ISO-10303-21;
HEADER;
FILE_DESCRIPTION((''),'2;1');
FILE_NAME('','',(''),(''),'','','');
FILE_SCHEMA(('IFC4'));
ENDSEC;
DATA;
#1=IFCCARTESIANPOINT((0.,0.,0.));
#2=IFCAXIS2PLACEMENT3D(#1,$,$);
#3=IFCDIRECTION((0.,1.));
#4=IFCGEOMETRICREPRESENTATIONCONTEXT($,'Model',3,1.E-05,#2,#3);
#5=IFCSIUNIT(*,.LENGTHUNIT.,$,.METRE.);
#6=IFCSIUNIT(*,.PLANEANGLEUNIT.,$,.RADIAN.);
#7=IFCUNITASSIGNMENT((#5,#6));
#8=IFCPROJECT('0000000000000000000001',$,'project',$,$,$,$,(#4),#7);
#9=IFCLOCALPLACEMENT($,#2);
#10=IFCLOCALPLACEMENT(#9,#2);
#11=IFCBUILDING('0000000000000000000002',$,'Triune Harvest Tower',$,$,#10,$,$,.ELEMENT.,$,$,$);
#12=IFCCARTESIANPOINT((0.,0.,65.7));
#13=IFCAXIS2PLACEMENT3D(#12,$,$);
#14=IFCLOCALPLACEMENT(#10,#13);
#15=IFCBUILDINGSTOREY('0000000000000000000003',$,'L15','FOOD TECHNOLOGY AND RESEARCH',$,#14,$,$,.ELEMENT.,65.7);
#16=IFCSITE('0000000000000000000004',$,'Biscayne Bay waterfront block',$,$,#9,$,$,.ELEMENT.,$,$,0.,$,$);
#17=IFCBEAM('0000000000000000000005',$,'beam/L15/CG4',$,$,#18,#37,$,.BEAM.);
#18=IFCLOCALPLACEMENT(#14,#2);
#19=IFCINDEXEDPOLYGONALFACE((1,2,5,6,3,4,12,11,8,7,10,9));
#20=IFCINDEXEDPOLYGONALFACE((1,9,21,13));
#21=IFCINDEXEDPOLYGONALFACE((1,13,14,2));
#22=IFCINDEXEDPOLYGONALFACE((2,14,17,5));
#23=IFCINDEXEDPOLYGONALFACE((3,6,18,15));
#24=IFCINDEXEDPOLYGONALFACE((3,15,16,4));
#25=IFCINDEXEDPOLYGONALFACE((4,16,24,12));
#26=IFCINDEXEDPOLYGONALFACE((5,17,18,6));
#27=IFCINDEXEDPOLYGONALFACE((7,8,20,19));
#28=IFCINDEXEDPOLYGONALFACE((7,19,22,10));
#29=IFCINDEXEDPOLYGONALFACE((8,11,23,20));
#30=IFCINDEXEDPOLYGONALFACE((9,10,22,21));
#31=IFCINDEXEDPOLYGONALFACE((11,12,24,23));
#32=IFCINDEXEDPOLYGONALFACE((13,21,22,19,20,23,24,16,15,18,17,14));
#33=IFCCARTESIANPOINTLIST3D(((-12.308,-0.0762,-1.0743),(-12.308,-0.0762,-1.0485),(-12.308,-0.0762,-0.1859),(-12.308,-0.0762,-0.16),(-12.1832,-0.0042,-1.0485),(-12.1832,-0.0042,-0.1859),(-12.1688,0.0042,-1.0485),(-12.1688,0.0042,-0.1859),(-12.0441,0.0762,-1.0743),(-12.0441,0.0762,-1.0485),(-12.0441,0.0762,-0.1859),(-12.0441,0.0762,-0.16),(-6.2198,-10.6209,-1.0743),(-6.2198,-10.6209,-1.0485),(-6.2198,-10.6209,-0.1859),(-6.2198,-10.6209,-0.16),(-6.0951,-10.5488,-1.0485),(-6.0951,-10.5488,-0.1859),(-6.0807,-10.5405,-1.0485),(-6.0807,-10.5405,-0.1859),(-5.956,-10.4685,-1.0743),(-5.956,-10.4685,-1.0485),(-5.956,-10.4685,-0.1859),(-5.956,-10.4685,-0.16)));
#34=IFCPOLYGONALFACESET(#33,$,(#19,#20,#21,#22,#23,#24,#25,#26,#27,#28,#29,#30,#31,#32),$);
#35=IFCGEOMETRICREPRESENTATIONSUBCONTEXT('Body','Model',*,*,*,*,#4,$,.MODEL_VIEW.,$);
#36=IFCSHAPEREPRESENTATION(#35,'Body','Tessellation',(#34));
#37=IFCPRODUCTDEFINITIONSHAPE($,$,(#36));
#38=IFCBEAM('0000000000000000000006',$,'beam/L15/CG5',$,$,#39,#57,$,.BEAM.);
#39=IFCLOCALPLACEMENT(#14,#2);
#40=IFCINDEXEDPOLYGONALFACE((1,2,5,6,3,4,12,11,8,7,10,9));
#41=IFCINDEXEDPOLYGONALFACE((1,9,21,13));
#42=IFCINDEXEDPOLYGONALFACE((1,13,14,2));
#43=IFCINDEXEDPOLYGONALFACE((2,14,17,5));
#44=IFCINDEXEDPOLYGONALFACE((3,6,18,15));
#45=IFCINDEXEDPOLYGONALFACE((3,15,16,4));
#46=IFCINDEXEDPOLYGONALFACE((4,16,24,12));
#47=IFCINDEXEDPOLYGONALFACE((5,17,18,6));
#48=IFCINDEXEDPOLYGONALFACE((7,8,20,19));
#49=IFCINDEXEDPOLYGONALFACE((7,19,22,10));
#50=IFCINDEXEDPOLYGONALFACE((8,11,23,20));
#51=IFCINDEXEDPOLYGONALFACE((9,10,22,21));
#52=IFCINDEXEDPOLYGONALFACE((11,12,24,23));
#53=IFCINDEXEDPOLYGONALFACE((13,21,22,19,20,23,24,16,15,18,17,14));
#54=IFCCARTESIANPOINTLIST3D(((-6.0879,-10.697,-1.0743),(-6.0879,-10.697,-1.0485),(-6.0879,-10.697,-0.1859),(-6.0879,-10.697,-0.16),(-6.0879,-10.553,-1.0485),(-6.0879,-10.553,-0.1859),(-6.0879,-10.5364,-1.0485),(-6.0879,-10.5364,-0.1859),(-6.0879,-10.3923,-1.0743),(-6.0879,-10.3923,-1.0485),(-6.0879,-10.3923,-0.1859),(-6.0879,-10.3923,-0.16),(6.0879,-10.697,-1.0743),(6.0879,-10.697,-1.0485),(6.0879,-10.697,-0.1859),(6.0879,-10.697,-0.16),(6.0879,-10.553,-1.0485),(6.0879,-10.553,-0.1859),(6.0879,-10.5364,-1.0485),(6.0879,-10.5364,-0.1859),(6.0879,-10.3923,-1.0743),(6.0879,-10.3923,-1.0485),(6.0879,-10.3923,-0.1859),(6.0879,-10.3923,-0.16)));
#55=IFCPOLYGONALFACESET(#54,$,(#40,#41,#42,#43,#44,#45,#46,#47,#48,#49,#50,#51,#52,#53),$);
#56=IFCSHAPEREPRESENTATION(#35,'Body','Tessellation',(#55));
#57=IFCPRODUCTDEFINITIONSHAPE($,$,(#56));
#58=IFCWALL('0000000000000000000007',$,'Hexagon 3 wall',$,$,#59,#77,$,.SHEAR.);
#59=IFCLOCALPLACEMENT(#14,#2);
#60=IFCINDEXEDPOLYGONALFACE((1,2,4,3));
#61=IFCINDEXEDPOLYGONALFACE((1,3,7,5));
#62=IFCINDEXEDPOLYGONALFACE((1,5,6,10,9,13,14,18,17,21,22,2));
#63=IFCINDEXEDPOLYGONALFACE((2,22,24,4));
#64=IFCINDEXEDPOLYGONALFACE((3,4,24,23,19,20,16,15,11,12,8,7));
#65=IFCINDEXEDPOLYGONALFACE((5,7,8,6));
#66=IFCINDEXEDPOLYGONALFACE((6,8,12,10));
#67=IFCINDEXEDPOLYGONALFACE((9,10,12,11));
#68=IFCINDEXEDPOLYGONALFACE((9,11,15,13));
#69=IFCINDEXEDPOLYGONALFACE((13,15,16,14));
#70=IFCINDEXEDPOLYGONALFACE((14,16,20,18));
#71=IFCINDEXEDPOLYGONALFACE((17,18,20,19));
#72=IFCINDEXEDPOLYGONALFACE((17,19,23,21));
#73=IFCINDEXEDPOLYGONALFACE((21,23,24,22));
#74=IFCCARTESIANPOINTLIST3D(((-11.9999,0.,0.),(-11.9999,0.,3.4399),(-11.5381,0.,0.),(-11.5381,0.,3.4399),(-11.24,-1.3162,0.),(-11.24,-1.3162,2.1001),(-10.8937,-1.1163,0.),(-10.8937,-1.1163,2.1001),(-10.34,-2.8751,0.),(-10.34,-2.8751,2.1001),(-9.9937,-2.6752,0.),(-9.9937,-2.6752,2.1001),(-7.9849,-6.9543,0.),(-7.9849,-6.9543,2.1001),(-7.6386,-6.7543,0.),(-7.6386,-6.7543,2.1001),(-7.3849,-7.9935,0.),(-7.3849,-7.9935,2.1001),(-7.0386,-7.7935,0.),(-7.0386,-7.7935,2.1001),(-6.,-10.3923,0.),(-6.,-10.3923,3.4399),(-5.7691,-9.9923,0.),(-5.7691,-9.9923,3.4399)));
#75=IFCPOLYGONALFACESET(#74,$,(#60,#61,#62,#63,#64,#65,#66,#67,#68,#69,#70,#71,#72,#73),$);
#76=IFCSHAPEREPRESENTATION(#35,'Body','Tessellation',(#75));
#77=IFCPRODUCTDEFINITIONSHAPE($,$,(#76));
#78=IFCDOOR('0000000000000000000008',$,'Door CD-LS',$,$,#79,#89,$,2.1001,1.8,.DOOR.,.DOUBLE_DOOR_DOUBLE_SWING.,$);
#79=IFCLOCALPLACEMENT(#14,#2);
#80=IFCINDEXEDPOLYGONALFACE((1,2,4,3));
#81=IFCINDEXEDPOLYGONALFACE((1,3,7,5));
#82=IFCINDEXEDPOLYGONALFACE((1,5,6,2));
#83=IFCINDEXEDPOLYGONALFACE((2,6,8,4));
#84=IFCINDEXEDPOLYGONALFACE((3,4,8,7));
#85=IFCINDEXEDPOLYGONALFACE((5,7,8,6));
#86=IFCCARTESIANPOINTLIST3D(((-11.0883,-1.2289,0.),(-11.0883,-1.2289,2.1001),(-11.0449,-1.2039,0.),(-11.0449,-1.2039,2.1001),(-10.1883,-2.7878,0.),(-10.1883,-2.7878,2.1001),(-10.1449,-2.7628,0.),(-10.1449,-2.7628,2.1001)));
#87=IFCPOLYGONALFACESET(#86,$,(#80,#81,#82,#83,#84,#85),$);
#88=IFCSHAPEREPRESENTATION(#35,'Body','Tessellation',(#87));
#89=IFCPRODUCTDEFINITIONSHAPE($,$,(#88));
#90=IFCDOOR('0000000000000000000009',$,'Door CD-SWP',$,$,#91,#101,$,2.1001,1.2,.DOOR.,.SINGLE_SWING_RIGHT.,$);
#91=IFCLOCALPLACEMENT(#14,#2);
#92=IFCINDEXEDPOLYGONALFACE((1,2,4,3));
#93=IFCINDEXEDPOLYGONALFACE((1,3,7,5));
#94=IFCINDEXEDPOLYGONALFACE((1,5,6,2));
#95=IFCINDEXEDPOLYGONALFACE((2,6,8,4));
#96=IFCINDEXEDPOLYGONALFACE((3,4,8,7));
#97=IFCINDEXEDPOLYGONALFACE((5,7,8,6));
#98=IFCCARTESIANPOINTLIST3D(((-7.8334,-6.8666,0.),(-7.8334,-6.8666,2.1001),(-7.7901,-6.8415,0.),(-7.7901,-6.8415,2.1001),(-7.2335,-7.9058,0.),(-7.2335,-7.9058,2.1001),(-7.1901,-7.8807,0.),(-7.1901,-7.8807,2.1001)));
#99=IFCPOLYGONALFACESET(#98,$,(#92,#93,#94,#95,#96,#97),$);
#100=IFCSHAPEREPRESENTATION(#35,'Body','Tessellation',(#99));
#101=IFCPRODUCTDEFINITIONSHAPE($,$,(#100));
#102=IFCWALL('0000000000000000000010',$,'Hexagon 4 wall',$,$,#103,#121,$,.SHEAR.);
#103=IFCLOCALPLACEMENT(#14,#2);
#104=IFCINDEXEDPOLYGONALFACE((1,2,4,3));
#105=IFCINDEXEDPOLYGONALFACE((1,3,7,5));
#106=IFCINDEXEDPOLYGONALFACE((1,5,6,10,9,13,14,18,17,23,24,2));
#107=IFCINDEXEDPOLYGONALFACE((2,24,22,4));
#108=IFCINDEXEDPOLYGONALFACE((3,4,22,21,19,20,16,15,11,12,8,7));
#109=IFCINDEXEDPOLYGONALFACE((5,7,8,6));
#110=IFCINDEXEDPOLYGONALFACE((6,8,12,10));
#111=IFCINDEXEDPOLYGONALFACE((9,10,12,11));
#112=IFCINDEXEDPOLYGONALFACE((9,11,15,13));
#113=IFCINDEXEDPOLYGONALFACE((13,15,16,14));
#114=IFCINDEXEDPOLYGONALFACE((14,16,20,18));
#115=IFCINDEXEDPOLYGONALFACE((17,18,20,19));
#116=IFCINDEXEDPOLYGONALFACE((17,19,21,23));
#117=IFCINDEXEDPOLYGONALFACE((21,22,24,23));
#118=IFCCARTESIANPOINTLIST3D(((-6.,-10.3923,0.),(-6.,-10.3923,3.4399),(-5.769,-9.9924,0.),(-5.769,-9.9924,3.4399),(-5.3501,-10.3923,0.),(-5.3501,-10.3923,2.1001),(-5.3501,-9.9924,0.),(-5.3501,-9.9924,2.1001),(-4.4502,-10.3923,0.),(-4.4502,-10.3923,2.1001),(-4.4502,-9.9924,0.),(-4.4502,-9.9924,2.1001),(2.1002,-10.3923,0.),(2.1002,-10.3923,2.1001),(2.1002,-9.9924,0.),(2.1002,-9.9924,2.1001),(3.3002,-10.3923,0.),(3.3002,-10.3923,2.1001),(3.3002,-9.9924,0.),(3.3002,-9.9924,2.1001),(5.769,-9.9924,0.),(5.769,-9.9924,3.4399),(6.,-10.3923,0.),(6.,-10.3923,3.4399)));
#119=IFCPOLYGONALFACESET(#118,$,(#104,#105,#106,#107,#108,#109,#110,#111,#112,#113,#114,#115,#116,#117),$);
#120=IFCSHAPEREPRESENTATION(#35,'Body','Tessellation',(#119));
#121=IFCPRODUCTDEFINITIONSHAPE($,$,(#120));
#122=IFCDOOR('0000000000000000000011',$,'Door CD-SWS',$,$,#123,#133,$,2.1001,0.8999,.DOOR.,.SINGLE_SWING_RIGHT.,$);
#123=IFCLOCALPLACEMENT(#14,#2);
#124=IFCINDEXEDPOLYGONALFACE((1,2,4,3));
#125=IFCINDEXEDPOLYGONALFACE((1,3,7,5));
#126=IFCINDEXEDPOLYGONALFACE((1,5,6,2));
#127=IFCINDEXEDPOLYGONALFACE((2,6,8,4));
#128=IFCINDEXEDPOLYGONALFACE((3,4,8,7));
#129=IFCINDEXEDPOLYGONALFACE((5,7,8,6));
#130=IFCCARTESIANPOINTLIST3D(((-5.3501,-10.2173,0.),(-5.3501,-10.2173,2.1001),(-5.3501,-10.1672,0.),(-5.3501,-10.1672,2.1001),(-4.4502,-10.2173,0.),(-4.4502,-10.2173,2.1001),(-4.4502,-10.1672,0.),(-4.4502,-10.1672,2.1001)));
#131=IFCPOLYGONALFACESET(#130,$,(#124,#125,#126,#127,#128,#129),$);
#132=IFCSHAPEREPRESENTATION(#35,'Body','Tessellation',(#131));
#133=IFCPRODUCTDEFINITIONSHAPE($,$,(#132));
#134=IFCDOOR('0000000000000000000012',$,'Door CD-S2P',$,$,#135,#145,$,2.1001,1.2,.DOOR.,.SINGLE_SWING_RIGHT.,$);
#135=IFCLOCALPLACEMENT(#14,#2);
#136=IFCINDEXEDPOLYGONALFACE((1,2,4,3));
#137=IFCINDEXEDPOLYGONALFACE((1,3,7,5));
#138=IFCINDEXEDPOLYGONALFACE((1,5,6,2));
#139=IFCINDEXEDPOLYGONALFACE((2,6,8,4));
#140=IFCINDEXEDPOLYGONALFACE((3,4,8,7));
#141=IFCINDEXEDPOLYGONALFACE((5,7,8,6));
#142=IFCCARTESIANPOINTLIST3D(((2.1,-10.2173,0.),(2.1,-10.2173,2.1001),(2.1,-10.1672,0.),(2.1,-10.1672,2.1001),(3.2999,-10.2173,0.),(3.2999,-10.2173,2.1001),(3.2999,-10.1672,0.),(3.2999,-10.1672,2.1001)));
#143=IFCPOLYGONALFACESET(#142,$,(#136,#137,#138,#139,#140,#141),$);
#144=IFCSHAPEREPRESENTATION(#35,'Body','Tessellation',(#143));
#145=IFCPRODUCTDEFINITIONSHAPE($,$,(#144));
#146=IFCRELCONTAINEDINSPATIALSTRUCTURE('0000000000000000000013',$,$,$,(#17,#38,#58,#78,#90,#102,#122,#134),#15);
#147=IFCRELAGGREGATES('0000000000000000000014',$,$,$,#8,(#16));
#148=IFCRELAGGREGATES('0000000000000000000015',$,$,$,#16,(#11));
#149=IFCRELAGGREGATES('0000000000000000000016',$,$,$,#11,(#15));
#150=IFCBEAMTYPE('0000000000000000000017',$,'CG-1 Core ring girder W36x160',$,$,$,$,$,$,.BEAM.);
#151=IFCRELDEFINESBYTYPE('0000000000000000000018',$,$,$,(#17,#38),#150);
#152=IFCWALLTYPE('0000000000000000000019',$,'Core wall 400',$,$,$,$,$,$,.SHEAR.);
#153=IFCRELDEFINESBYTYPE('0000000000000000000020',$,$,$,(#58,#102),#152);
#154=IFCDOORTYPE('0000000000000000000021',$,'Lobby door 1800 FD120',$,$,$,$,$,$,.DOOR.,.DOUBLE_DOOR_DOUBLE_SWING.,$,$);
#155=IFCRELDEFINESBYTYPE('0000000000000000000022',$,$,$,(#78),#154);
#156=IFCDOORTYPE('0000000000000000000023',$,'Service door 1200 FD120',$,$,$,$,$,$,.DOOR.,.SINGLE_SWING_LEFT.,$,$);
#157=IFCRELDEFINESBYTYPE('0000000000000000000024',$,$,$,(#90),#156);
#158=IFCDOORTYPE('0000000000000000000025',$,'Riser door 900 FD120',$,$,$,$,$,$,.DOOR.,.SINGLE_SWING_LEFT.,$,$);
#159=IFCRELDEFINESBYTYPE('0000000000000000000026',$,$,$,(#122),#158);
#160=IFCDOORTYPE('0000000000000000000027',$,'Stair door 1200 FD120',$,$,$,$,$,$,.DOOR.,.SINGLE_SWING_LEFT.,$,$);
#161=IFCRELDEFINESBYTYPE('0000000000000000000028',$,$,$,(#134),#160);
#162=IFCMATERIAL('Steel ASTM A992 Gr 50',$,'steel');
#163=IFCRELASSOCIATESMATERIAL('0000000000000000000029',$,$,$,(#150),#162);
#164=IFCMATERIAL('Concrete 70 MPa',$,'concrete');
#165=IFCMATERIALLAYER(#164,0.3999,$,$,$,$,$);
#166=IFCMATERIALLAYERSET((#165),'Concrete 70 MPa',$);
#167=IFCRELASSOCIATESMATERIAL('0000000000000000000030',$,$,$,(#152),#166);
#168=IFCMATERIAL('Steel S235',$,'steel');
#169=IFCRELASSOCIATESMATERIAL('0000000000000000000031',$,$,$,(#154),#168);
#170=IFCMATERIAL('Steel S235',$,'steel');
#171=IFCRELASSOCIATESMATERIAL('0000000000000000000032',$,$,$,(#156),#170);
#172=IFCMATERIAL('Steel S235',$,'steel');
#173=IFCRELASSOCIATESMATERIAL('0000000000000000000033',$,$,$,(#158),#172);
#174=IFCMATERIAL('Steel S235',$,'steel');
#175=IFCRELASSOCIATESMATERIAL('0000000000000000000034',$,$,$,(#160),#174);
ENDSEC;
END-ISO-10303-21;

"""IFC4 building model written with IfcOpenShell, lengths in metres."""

from ifc_helpers import new_model, si_unit, direction, frame, frame_2d, origin, origin_2d, place, context, subcontext, project, spatial, polyline, rectangle, i_section, outline, extrude, source, transform, mapped, material, layer, layer_set, material_profile, profile_set, type_object, element, fill, save


model = new_model("IFC4")

# Units and contexts
model_context = context("Model", 3, precision=1e-05, world=origin(), true_north=direction((0.0, 1.0)))
body_context = subcontext(model_context, "Body", "Model", "MODEL_VIEW")
ifc_project = project(units=[si_unit("LENGTHUNIT", "METRE"), si_unit("PLANEANGLEUNIT", "RADIAN")], contexts=[model_context])

# Site, building, storey
site_placement = place(None, origin())
site = spatial("IfcSite", under=ifc_project, at=site_placement, Name="Biscayne Bay waterfront block", CompositionType="ELEMENT", RefElevation=0.0)
building_placement = place(site_placement, origin())
building = spatial("IfcBuilding", under=site, at=building_placement, Name="Triune Harvest Tower", CompositionType="ELEMENT")
storey_placement = place(building_placement, frame((0.0, 0.0, 65.7)))
storey = spatial("IfcBuildingStorey", under=building, at=storey_placement, Name="L15", Description="FOOD TECHNOLOGY AND RESEARCH", CompositionType="ELEMENT", Elevation=65.7)

# Beams
ifc_material_1 = material(Name="Steel ASTM A992 Gr 50", Category="steel")
ifc_material_profile = material_profile(ifc_material_1, i_section(OverallWidth=0.3047, OverallDepth=0.9143, WebThickness=0.0166, FlangeThickness=0.0259, at=origin_2d()), Name="W36x160")
ifc_profile_set = profile_set([ifc_material_profile], Name="Steel ASTM A992 Gr 50")
beam_type = type_object("IfcBeamType", Name="CG-1 Core ring girder W36x160", PredefinedType="BEAM", material=ifc_profile_set)
shared_shape_1 = source(origin(), body_context, "Body", "SweptSolid", [
    extrude(i_section(OverallWidth=0.3047, OverallDepth=0.9143, WebThickness=0.0166, FlangeThickness=0.0259, at=origin_2d()), origin(), (0.0, 0.0, 1.0), 12.176),
])
beam_1_placement = place(storey_placement, frame((-12.176, 0.0, -0.6172), z_axis=(0.50001, -0.86602, 0.0), x_axis=(0.86602, 0.50001, 0.0)))
element("IfcBeam", 1, at=beam_1_placement, inside=storey, type_object=beam_type, Name="beam/L15/CG4", PredefinedType="BEAM", context=body_context, shape_type="MappedRepresentation", body=[
    mapped(shared_shape_1, transform((0.0, 0.0, 0.0), scale=1.0)),
])
shared_shape_2 = source(origin(), body_context, "Body", "SweptSolid", [
    extrude(i_section(OverallWidth=0.3047, OverallDepth=0.9143, WebThickness=0.0166, FlangeThickness=0.0259, at=origin_2d()), origin(), (0.0, 0.0, 1.0), 12.1758),
])
beam_2_placement = place(storey_placement, frame((-6.0879, -10.5447, -0.6172), z_axis=(1.0, 0.0, 0.0), x_axis=(0.0, 1.0, 0.0)))
element("IfcBeam", 2, at=beam_2_placement, inside=storey, type_object=beam_type, Name="beam/L15/CG5", PredefinedType="BEAM", context=body_context, shape_type="MappedRepresentation", body=[
    mapped(shared_shape_2, transform((0.0, 0.0, 0.0), scale=1.0)),
])

# Walls, openings, doors
ifc_material_2 = material(Name="Concrete 70 MPa", Category="concrete")
ifc_layer_1 = layer(ifc_material_2, 0.3999)
ifc_layer_set_1 = layer_set([ifc_layer_1], Name="Concrete 70 MPa")
wall_type_1 = type_object("IfcWallType", Name="Core wall 400", PredefinedType="SHEAR", material=ifc_layer_set_1)
shared_shape_3 = source(origin(), body_context, "Body", "SweptSolid", [
    extrude(outline(polyline([(-0.1155, -0.2), (11.8845, -0.2), (11.6536, 0.2), (0.1155, 0.2), (-0.1155, -0.2)])), origin(), (0.0, 0.0, 1.0), 3.4399),
])
wall_1_placement = place(storey_placement, frame((-11.769, 0.0, 0.0), z_axis=(0.0, 0.0, 1.0), x_axis=(0.499997, -0.866027, 0.0)))
wall_1 = element("IfcWall", 3, at=wall_1_placement, inside=storey, type_object=wall_type_1, Name="Hexagon 3 wall", PredefinedType="SHEAR", context=body_context, shape_type="MappedRepresentation", body=[
    mapped(shared_shape_3, transform((0.0, 0.0, 0.0), scale=1.0)),
])
opening_1_placement = place(wall_1_placement, frame((1.4045, 0.0, 0.0)))
opening_1 = element("IfcOpeningElement", 4, at=opening_1_placement, cuts=wall_1, PredefinedType="OPENING", context=body_context, shape_type="SweptSolid", body=[
    extrude(rectangle(XDim=1.8, YDim=2.1001, at=frame_2d((0.8999, 1.05))), frame((0.0, 0.21, 0.0), z_axis=(0.0, -1.0, 0.0), x_axis=(1.0, 0.0, 0.0)), (0.0, 0.0, 1.0), 0.4199),
])
opening_2_placement = place(wall_1_placement, frame((7.9146, 0.0, 0.0)))
opening_2 = element("IfcOpeningElement", 5, at=opening_2_placement, cuts=wall_1, PredefinedType="OPENING", context=body_context, shape_type="SweptSolid", body=[
    extrude(rectangle(XDim=1.2, YDim=2.1001, at=frame_2d((0.6001, 1.05))), frame((0.0, 0.21, 0.0), z_axis=(0.0, -1.0, 0.0), x_axis=(1.0, 0.0, 0.0)), (0.0, 0.0, 1.0), 0.4199),
])
ifc_material_3 = material(Name="Steel S235", Category="steel")
door_type_1 = type_object("IfcDoorType", Name="Lobby door 1800 FD120", OperationType="DOUBLE_DOOR_DOUBLE_SWING", PredefinedType="DOOR", material=ifc_material_3)
door_1_placement = place(opening_1_placement, frame((1.8, 0.0, 0.0), z_axis=(0.0, 0.0, 1.0), x_axis=(-1.0, 0.0, 0.0)))
door_1 = element("IfcDoor", 6, at=door_1_placement, inside=storey, type_object=door_type_1, Name="Door CD-LS", OperationType="DOUBLE_DOOR_DOUBLE_SWING", OverallHeight=2.1001, OverallWidth=1.8, PredefinedType="DOOR", context=body_context, shape_type="SweptSolid", body=[
    extrude(rectangle(XDim=1.8, YDim=2.1001, at=frame_2d((0.8999, 1.05))), frame((0.0, 0.0249, 0.0), z_axis=(0.0, -1.0, 0.0), x_axis=(1.0, 0.0, 0.0)), (0.0, 0.0, 1.0), 0.05),
])
fill(opening_1, door_1)
ifc_material_4 = material(Name="Steel S235", Category="steel")
door_type_2 = type_object("IfcDoorType", Name="Service door 1200 FD120", OperationType="SINGLE_SWING_LEFT", PredefinedType="DOOR", material=ifc_material_4)
door_2_placement = place(opening_2_placement, frame((1.2, 0.0, 0.0), z_axis=(0.0, 0.0, 1.0), x_axis=(-1.0, 0.0, 0.0)))
door_2 = element("IfcDoor", 7, at=door_2_placement, inside=storey, type_object=door_type_2, Name="Door CD-SWP", OperationType="SINGLE_SWING_RIGHT", OverallHeight=2.1001, OverallWidth=1.2, PredefinedType="DOOR", context=body_context, shape_type="SweptSolid", body=[
    extrude(rectangle(XDim=1.2, YDim=2.1001, at=frame_2d((0.6001, 1.05))), frame((0.0, 0.0249, 0.0), z_axis=(0.0, -1.0, 0.0), x_axis=(1.0, 0.0, 0.0)), (0.0, 0.0, 1.0), 0.05),
])
fill(opening_2, door_2)
wall_2_placement = place(storey_placement, frame((-5.8845, -10.1924, 0.0), z_axis=(0.0, 0.0, 1.0), x_axis=(1.0, 0.0, 0.0)))
wall_2 = element("IfcWall", 8, at=wall_2_placement, inside=storey, type_object=wall_type_1, Name="Hexagon 4 wall", PredefinedType="SHEAR", context=body_context, shape_type="MappedRepresentation", body=[
    mapped(shared_shape_3, transform((0.0, 0.0, 0.0), scale=1.0)),
])
opening_3_placement = place(wall_2_placement, frame((7.9846, 0.0, 0.0)))
opening_3 = element("IfcOpeningElement", 9, at=opening_3_placement, cuts=wall_2, PredefinedType="OPENING", context=body_context, shape_type="SweptSolid", body=[
    extrude(rectangle(XDim=1.2, YDim=2.1001, at=frame_2d((0.6001, 1.05))), frame((0.0, 0.21, 0.0), z_axis=(0.0, -1.0, 0.0), x_axis=(1.0, 0.0, 0.0)), (0.0, 0.0, 1.0), 0.4199),
])
opening_4_placement = place(wall_2_placement, frame((0.5344, 0.0, 0.0)))
opening_4 = element("IfcOpeningElement", 10, at=opening_4_placement, cuts=wall_2, PredefinedType="OPENING", context=body_context, shape_type="SweptSolid", body=[
    extrude(rectangle(XDim=0.8999, YDim=2.1001, at=frame_2d((0.45, 1.05))), frame((0.0, 0.21, 0.0), z_axis=(0.0, -1.0, 0.0), x_axis=(1.0, 0.0, 0.0)), (0.0, 0.0, 1.0), 0.4199),
])
ifc_material_5 = material(Name="Steel S235", Category="steel")
door_type_3 = type_object("IfcDoorType", Name="Riser door 900 FD120", OperationType="SINGLE_SWING_LEFT", PredefinedType="DOOR", material=ifc_material_5)
door_3_placement = place(opening_4_placement, frame((0.8999, 0.0, 0.0), z_axis=(0.0, 0.0, 1.0), x_axis=(-1.0, 0.0, 0.0)))
door_3 = element("IfcDoor", 11, at=door_3_placement, inside=storey, type_object=door_type_3, Name="Door CD-SWS", OperationType="SINGLE_SWING_RIGHT", OverallHeight=2.1001, OverallWidth=0.8999, PredefinedType="DOOR", context=body_context, shape_type="SweptSolid", body=[
    extrude(rectangle(XDim=0.8999, YDim=2.1001, at=frame_2d((0.45, 1.05))), frame((0.0, 0.0249, 0.0), z_axis=(0.0, -1.0, 0.0), x_axis=(1.0, 0.0, 0.0)), (0.0, 0.0, 1.0), 0.05),
])
fill(opening_4, door_3)
ifc_material_6 = material(Name="Steel S235", Category="steel")
door_type_4 = type_object("IfcDoorType", Name="Stair door 1200 FD120", OperationType="SINGLE_SWING_LEFT", PredefinedType="DOOR", material=ifc_material_6)
door_4_placement = place(opening_3_placement, frame((1.2, 0.0, 0.0), z_axis=(0.0, 0.0, 1.0), x_axis=(-1.0, 0.0, 0.0)))
door_4 = element("IfcDoor", 12, at=door_4_placement, inside=storey, type_object=door_type_4, Name="Door CD-S2P", OperationType="SINGLE_SWING_RIGHT", OverallHeight=2.1001, OverallWidth=1.2, PredefinedType="DOOR", context=body_context, shape_type="SweptSolid", body=[
    extrude(rectangle(XDim=1.2, YDim=2.1001, at=frame_2d((0.6001, 1.05))), frame((0.0, 0.0249, 0.0), z_axis=(0.0, -1.0, 0.0), x_axis=(1.0, 0.0, 0.0)), (0.0, 0.0, 1.0), 0.05),
])
fill(opening_3, door_4)

save(model, "model.ifc")
